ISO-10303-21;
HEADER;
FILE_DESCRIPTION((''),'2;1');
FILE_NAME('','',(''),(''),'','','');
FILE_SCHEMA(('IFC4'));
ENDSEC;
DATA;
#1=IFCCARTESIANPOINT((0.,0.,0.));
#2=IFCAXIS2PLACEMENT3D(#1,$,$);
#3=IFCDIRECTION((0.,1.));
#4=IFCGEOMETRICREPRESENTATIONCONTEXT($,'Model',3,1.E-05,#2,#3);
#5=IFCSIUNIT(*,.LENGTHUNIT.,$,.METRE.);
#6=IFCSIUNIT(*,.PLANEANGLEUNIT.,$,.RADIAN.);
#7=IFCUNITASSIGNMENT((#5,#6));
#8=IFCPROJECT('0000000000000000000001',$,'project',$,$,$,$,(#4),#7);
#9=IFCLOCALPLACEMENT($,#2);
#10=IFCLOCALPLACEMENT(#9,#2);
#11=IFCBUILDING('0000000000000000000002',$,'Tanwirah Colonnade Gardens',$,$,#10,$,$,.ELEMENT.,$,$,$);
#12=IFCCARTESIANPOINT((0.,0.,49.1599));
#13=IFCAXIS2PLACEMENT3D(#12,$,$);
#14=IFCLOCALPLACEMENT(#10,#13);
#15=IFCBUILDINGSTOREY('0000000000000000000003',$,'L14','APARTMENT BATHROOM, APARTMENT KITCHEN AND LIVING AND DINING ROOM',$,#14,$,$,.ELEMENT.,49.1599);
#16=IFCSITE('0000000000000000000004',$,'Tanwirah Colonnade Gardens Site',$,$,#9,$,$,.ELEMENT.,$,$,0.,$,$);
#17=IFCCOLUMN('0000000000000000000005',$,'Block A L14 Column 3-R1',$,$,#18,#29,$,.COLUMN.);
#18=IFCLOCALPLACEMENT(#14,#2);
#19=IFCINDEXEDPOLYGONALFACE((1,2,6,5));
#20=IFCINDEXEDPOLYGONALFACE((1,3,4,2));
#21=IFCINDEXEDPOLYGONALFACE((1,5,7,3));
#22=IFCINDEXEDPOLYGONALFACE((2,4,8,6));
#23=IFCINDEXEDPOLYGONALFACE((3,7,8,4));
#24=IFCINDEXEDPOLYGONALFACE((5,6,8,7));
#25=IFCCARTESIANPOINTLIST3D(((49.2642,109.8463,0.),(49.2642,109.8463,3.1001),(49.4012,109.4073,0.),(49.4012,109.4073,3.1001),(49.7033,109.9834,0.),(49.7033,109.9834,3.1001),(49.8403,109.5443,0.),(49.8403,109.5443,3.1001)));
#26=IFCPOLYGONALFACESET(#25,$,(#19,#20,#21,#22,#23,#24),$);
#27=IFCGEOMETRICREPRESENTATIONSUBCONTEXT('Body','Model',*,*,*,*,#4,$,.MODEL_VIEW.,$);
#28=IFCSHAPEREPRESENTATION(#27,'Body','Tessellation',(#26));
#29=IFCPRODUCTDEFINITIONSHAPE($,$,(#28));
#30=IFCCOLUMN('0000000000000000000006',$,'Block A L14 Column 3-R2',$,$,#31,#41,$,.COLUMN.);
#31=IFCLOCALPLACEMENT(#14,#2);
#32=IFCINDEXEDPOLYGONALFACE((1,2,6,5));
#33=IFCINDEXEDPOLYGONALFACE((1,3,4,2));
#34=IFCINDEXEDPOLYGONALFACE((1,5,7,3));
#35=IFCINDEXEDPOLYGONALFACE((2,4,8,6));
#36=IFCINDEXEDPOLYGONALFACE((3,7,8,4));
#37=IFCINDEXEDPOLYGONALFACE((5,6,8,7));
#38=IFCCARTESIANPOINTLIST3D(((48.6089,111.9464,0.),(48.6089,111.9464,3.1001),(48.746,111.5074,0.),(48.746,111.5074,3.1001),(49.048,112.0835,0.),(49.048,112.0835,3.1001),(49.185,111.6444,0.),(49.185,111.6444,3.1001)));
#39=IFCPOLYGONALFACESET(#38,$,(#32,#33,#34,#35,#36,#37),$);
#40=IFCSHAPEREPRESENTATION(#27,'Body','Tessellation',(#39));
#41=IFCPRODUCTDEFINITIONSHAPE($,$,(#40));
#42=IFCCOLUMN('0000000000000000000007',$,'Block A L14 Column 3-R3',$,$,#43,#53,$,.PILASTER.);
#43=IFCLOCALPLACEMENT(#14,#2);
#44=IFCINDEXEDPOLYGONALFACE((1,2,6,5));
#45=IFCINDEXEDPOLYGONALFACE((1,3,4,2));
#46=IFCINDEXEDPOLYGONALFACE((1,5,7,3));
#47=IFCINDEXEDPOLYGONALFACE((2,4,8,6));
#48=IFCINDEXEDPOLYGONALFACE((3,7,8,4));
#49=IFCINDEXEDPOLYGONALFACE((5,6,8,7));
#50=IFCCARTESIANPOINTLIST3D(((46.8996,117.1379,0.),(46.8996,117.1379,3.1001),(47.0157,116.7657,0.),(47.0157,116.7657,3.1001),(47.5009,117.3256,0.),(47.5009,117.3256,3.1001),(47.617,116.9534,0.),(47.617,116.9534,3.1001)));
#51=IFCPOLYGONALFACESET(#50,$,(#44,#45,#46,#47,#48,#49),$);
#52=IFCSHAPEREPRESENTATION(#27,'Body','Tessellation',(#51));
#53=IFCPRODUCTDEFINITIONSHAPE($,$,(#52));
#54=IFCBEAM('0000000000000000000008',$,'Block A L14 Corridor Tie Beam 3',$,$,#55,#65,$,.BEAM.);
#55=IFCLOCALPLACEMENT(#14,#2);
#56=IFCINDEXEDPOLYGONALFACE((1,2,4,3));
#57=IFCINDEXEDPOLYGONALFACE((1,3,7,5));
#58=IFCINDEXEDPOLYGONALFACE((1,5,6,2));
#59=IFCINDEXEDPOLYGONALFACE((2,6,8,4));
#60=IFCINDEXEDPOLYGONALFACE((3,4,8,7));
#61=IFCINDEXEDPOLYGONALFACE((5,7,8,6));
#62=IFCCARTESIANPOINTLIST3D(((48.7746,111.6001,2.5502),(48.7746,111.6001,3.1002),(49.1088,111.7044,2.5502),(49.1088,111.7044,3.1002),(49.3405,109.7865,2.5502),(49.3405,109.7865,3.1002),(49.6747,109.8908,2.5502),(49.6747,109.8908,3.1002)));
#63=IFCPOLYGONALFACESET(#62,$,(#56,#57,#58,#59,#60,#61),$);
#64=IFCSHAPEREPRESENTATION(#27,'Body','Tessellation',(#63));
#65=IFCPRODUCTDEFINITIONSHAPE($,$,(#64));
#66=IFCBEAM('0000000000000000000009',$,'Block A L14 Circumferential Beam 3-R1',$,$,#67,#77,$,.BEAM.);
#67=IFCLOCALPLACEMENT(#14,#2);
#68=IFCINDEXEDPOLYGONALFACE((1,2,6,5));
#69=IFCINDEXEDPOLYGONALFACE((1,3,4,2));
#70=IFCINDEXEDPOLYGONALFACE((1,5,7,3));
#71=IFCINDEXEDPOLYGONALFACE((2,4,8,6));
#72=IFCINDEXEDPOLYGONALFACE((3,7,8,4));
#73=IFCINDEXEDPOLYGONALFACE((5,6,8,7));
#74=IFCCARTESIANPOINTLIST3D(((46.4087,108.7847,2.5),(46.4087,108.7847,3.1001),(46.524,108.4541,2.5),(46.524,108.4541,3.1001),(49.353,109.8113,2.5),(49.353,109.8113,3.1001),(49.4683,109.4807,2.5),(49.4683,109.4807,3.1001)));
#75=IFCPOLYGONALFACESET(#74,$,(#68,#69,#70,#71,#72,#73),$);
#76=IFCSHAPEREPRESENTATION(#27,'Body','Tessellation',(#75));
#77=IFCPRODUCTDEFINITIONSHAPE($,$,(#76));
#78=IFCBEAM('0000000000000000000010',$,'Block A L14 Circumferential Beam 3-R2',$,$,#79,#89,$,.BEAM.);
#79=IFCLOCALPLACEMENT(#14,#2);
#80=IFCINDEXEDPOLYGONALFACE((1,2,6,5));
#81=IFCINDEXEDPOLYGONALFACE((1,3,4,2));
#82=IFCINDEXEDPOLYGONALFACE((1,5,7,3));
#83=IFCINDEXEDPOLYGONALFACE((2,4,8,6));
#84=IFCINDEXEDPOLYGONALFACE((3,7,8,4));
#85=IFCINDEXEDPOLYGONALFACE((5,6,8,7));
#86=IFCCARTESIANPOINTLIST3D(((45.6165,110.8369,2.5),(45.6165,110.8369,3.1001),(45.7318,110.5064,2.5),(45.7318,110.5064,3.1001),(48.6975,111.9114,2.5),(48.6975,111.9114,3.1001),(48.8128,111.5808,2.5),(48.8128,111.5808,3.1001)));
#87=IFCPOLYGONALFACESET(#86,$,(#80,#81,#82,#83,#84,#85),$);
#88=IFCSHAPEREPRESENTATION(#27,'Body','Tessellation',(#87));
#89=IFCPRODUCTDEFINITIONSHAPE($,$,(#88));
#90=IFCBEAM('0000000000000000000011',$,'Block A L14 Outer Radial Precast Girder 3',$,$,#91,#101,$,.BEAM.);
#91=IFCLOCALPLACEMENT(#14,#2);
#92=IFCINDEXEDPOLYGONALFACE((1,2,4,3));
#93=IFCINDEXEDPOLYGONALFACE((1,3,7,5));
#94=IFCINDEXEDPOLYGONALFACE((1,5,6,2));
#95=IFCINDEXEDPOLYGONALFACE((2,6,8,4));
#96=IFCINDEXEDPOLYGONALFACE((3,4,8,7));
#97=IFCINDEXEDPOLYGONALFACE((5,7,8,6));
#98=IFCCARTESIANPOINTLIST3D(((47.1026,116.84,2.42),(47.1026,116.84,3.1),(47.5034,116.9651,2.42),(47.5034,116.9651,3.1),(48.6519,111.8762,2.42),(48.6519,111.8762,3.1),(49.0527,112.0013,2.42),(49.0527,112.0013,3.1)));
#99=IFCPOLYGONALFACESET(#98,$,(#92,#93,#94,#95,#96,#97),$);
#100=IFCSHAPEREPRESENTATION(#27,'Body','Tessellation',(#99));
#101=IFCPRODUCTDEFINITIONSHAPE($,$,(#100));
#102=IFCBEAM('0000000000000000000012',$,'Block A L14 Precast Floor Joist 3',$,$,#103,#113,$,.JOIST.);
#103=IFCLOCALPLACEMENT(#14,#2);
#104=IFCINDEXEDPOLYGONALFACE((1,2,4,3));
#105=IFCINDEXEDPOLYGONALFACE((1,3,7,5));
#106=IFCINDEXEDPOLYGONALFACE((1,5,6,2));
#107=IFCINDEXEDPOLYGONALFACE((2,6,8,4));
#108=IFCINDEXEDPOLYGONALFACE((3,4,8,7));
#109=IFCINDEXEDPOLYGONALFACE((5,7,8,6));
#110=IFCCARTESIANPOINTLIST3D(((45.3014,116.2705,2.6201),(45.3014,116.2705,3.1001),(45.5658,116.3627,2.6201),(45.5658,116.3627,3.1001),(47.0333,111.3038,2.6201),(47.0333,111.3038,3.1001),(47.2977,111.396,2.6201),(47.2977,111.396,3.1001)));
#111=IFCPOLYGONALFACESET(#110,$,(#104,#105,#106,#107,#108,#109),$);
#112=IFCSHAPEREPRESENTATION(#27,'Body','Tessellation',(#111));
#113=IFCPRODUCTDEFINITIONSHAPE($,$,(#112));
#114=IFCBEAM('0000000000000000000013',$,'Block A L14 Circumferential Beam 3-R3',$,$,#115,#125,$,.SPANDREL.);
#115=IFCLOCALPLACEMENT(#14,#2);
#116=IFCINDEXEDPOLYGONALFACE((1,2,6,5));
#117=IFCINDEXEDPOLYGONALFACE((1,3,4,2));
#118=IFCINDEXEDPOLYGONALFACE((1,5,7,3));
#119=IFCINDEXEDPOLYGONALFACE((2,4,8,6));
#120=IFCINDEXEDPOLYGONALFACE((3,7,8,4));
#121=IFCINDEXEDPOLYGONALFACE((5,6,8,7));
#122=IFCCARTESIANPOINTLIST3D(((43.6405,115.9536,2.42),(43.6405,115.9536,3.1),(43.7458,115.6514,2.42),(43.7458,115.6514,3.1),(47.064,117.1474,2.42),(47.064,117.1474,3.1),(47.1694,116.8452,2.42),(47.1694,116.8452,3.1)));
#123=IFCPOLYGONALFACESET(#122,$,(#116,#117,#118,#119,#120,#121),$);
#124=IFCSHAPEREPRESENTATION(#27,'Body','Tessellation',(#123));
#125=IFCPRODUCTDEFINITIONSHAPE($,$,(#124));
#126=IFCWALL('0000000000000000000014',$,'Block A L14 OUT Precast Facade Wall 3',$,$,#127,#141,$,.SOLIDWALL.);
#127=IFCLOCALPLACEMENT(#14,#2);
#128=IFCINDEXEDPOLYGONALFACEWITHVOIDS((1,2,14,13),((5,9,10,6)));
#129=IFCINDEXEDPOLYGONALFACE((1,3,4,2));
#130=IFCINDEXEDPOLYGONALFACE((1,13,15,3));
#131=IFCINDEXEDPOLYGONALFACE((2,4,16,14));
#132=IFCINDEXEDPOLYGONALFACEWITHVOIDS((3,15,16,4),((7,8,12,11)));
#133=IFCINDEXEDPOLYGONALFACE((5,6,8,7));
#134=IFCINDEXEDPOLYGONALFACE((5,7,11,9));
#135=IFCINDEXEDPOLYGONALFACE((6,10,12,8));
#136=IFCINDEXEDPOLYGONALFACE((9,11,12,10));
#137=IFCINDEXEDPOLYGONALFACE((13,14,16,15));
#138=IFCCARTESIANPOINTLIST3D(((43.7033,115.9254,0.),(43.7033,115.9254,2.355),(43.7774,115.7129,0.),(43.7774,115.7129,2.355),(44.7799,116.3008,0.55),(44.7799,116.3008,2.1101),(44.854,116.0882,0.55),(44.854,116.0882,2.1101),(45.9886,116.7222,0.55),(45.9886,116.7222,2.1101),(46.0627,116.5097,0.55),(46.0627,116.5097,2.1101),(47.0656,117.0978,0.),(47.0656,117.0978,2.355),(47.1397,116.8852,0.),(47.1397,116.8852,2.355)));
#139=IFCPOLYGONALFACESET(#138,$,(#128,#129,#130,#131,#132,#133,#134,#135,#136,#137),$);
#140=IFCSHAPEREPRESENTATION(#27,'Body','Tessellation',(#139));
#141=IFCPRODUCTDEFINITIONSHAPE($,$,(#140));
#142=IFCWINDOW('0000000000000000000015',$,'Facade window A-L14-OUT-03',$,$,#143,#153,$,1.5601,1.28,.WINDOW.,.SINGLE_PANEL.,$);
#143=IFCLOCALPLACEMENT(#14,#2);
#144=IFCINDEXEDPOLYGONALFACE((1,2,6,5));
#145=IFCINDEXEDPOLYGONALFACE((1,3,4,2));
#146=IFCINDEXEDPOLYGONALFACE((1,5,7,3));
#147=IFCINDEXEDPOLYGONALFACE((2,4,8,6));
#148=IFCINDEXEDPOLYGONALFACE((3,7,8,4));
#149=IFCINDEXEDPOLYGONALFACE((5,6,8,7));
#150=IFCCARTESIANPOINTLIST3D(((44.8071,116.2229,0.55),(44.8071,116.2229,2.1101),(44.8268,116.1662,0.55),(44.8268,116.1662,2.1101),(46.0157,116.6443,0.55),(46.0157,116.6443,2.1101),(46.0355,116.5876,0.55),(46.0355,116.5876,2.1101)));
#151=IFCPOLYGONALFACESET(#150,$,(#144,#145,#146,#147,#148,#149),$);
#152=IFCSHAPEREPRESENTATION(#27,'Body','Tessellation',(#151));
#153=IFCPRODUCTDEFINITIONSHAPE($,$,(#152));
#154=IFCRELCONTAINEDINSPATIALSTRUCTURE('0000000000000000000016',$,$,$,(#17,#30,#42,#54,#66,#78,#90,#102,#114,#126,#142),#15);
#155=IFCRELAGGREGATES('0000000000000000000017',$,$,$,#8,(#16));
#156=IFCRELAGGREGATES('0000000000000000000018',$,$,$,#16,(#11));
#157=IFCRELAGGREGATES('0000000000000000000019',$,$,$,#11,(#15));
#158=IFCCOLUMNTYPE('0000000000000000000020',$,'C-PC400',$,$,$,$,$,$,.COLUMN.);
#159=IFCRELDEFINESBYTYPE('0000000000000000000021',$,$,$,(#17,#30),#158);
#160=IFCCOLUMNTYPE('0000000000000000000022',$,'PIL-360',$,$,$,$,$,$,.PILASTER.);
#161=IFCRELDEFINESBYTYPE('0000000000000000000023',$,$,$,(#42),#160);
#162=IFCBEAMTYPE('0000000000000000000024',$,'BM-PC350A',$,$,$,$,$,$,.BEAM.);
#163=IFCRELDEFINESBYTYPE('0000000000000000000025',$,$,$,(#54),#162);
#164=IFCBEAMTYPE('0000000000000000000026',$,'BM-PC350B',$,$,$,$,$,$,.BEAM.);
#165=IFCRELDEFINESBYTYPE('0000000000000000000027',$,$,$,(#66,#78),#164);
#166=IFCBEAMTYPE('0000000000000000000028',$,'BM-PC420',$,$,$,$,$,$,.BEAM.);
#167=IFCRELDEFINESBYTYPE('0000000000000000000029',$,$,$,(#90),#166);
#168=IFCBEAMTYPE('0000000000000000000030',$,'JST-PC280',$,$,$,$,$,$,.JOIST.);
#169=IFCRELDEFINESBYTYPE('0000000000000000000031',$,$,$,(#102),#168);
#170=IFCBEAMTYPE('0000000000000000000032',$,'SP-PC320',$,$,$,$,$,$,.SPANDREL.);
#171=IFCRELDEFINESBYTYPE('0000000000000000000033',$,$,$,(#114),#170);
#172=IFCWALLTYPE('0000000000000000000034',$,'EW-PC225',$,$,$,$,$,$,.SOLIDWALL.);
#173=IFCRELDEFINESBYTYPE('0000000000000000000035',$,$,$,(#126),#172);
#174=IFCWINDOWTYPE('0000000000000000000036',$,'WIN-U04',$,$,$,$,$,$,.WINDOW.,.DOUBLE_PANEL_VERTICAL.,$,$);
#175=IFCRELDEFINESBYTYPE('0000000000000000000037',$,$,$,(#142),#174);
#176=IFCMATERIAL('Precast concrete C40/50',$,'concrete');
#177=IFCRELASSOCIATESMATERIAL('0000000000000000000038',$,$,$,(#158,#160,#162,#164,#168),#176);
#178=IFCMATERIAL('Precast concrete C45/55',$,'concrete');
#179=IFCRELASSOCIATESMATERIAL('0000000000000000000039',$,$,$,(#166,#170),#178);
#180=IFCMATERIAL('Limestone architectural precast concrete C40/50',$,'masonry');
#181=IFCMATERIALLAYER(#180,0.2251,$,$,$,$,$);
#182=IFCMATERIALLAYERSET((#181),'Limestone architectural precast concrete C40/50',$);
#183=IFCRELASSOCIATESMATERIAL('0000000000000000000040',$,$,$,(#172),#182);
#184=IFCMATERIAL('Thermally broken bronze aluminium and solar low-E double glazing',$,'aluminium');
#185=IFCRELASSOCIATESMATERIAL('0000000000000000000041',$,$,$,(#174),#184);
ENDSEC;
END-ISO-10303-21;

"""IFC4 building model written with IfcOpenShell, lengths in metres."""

from ifc_helpers import new_model, si_unit, direction, frame, frame_2d, origin, origin_2d, place, context, subcontext, project, spatial, rectangle, extrude, material, layer, layer_set, material_profile, profile_set, type_object, element, fill, save


model = new_model("IFC4")

# Units and contexts
model_context = context("Model", 3, precision=1e-05, world=origin(), true_north=direction((0.0, 1.0)))
body_context = subcontext(model_context, "Body", "Model", "MODEL_VIEW")
ifc_project = project(units=[si_unit("LENGTHUNIT", "METRE"), si_unit("PLANEANGLEUNIT", "RADIAN")], contexts=[model_context])

# Site, building, storey
site_placement = place(None, origin())
site = spatial("IfcSite", under=ifc_project, at=site_placement, Name="Tanwirah Colonnade Gardens Site", CompositionType="ELEMENT", RefElevation=0.0)
building_placement = place(site_placement, origin())
building = spatial("IfcBuilding", under=site, at=building_placement, Name="Tanwirah Colonnade Gardens", CompositionType="ELEMENT")
storey_placement = place(building_placement, frame((0.0, 0.0, 49.1599)))
storey = spatial("IfcBuildingStorey", under=building, at=storey_placement, Name="L14", Description="APARTMENT BATHROOM, APARTMENT KITCHEN AND LIVING AND DINING ROOM", CompositionType="ELEMENT", Elevation=49.1599)

# Columns
ifc_material_1 = material(Name="Precast concrete C40/50", Category="concrete")
ifc_material_profile_1 = material_profile(ifc_material_1, rectangle(XDim=0.46, YDim=0.46, at=origin_2d()), Name="PC-COL 460x460")
ifc_profile_set_1 = profile_set([ifc_material_profile_1], Name="Precast concrete C40/50")
column_type_1 = type_object("IfcColumnType", Name="C-PC400", PredefinedType="COLUMN", material=ifc_profile_set_1)
for number, where, z_axis, x_axis, name in (
    (1, (49.5522, 109.6953, 0.0), (0.0, 0.0, 1.0), (-0.29793, 0.954588, 0.0), "Block A L14 Column 3-R1"),
    (2, (48.897, 111.7954, 0.0), (0.0, 0.0, 1.0), (-0.29793, 0.954588, 0.0), "Block A L14 Column 3-R2"),
):
    element("IfcColumn", number, at=place(storey_placement, frame(where, z_axis=z_axis, x_axis=x_axis)), inside=storey, type_object=column_type_1, Name=name, PredefinedType="COLUMN", context=body_context, shape_type="SweptSolid", body=[
        extrude(rectangle(XDim=0.46, YDim=0.46, at=origin_2d()), origin(), (0.0, 0.0, 1.0), 3.1001),
    ])
ifc_material_profile_2 = material_profile(ifc_material_1, rectangle(XDim=0.3899, YDim=0.6299, at=origin_2d()), Name="PC-PIL 390x630")
ifc_profile_set_2 = profile_set([ifc_material_profile_2], Name="Precast concrete C40/50")
column_type_2 = type_object("IfcColumnType", Name="PIL-360", PredefinedType="PILASTER", material=ifc_profile_set_2)
column_placement = place(storey_placement, frame((47.2583, 117.0457, 0.0), z_axis=(0.0, 0.0, 1.0), x_axis=(-0.29793, 0.954588, 0.0)))
element("IfcColumn", 3, at=column_placement, inside=storey, type_object=column_type_2, Name="Block A L14 Column 3-R3", PredefinedType="PILASTER", context=body_context, shape_type="SweptSolid", body=[
    extrude(rectangle(XDim=0.3899, YDim=0.6299, at=origin_2d()), origin(), (0.0, 0.0, 1.0), 3.1001),
])

# Beams
ifc_material_profile_3 = material_profile(ifc_material_1, rectangle(XDim=0.3501, YDim=0.55, at=origin_2d()), Name="PC-BM 350x550")
ifc_profile_set_3 = profile_set([ifc_material_profile_3], Name="Precast concrete C40/50")
beam_type_1 = type_object("IfcBeamType", Name="BM-PC350A", PredefinedType="BEAM", material=ifc_profile_set_3)
beam_1_placement = place(storey_placement, frame((49.5076, 109.8386, 2.8252), z_axis=(-0.297858, 0.95461, 0.0), x_axis=(-0.95461, -0.297858, 0.0)))
element("IfcBeam", 4, at=beam_1_placement, inside=storey, type_object=beam_type_1, Name="Block A L14 Corridor Tie Beam 3", PredefinedType="BEAM", context=body_context, shape_type="SweptSolid", body=[
    extrude(rectangle(XDim=0.3501, YDim=0.55, at=origin_2d()), origin(), (0.0, 0.0, 1.0), 1.8999),
])
ifc_material_profile_4 = material_profile(ifc_material_1, rectangle(XDim=0.3501, YDim=0.6001, at=origin_2d()), Name="PC-BM 350x600")
ifc_profile_set_4 = profile_set([ifc_material_profile_4], Name="Precast concrete C40/50")
beam_type_2 = type_object("IfcBeamType", Name="BM-PC350B", PredefinedType="BEAM", material=ifc_profile_set_4)
beam_2_placement = place(storey_placement, frame((49.4106, 109.646, 2.8), z_axis=(-0.944248, -0.329234, 0.0), x_axis=(0.329234, -0.944248, 0.0)))
element("IfcBeam", 5, at=beam_2_placement, inside=storey, type_object=beam_type_2, Name="Block A L14 Circumferential Beam 3-R1", PredefinedType="BEAM", context=body_context, shape_type="SweptSolid", body=[
    extrude(rectangle(XDim=0.3501, YDim=0.6001, at=origin_2d()), origin(), (0.0, 0.0, 1.0), 3.1182),
])
beam_3_placement = place(storey_placement, frame((48.7551, 111.7461, 2.8), z_axis=(-0.944231, -0.329284, 0.0), x_axis=(0.329284, -0.944231, 0.0)))
element("IfcBeam", 6, at=beam_3_placement, inside=storey, type_object=beam_type_2, Name="Block A L14 Circumferential Beam 3-R2", PredefinedType="BEAM", context=body_context, shape_type="SweptSolid", body=[
    extrude(rectangle(XDim=0.3501, YDim=0.6001, at=origin_2d()), origin(), (0.0, 0.0, 1.0), 3.2629),
])
ifc_material_2 = material(Name="Precast concrete C45/55", Category="concrete")
ifc_material_profile_5 = material_profile(ifc_material_2, rectangle(XDim=0.4199, YDim=0.6799, at=origin_2d()), Name="PC-BM 420x680")
ifc_profile_set_5 = profile_set([ifc_material_profile_5], Name="Precast concrete C45/55")
beam_type_3 = type_object("IfcBeamType", Name="BM-PC420", PredefinedType="BEAM", material=ifc_profile_set_5)
beam_4_placement = place(storey_placement, frame((48.8523, 111.9387, 2.76), z_axis=(-0.297943, 0.954584, 0.0), x_axis=(-0.954584, -0.297943, 0.0)))
element("IfcBeam", 7, at=beam_4_placement, inside=storey, type_object=beam_type_3, Name="Block A L14 Outer Radial Precast Girder 3", PredefinedType="BEAM", context=body_context, shape_type="SweptSolid", body=[
    extrude(rectangle(XDim=0.4199, YDim=0.6799, at=origin_2d()), origin(), (0.0, 0.0, 1.0), 5.2),
])
ifc_material_profile_6 = material_profile(ifc_material_1, rectangle(XDim=0.28, YDim=0.48, at=origin_2d()), Name="PC-JST 280x480")
ifc_profile_set_6 = profile_set([ifc_material_profile_6], Name="Precast concrete C40/50")
beam_type_4 = type_object("IfcBeamType", Name="JST-PC280", PredefinedType="JOIST", material=ifc_profile_set_6)
beam_5_placement = place(storey_placement, frame((47.1655, 111.3499, 2.8601), z_axis=(-0.329259, 0.94424, 0.0), x_axis=(-0.94424, -0.329259, 0.0)))
element("IfcBeam", 8, at=beam_5_placement, inside=storey, type_object=beam_type_4, Name="Block A L14 Precast Floor Joist 3", PredefinedType="JOIST", context=body_context, shape_type="SweptSolid", body=[
    extrude(rectangle(XDim=0.28, YDim=0.48, at=origin_2d()), origin(), (0.0, 0.0, 1.0), 5.26),
])
ifc_material_profile_7 = material_profile(ifc_material_2, rectangle(XDim=0.3201, YDim=0.6799, at=origin_2d()), Name="PC-SP 320x680")
ifc_profile_set_7 = profile_set([ifc_material_profile_7], Name="Precast concrete C45/55")
beam_type_5 = type_object("IfcBeamType", Name="SP-PC320", PredefinedType="SPANDREL", material=ifc_profile_set_7)
beam_6_placement = place(storey_placement, frame((47.1167, 116.9963, 2.76), z_axis=(-0.944237, -0.329267, 0.0), x_axis=(0.329267, -0.944237, 0.0)))
element("IfcBeam", 9, at=beam_6_placement, inside=storey, type_object=beam_type_5, Name="Block A L14 Circumferential Beam 3-R3", PredefinedType="SPANDREL", context=body_context, shape_type="SweptSolid", body=[
    extrude(rectangle(XDim=0.3201, YDim=0.6799, at=origin_2d()), origin(), (0.0, 0.0, 1.0), 3.6257),
])

# Wall, opening, window
ifc_material_3 = material(Name="Limestone architectural precast concrete C40/50", Category="masonry")
ifc_layer_1 = layer(ifc_material_3, 0.2251)
ifc_layer_set_1 = layer_set([ifc_layer_1], Name="Limestone architectural precast concrete C40/50")
wall_type_1 = type_object("IfcWallType", Name="EW-PC225", PredefinedType="SOLIDWALL", material=ifc_layer_set_1)
wall_1_placement = place(storey_placement, frame((47.1025, 116.9915, 0.0), z_axis=(0.0, 0.0, 1.0), x_axis=(-0.944247, -0.329239, 0.0)))
wall_1 = element("IfcWall", 10, at=wall_1_placement, inside=storey, type_object=wall_type_1, Name="Block A L14 OUT Precast Facade Wall 3", PredefinedType="SOLIDWALL", context=body_context, shape_type="SweptSolid", body=[
    extrude(rectangle(XDim=3.5608, YDim=0.2251, at=frame_2d((1.7803, 0.0))), origin(), (0.0, 0.0, 1.0), 2.355),
])
opening_1_placement = place(wall_1_placement, frame((1.1404, 0.0, 0.55)))
opening_1 = element("IfcOpeningElement", 11, at=opening_1_placement, cuts=wall_1, PredefinedType="OPENING", context=body_context, shape_type="SweptSolid", body=[
    extrude(rectangle(XDim=1.28, YDim=1.5601, at=frame_2d((0.6401, 0.78))), frame((0.0, 0.1226, 0.0), z_axis=(0.0, -1.0, 0.0), x_axis=(1.0, 0.0, 0.0)), (0.0, 0.0, 1.0), 0.2451),
])
ifc_material_4 = material(Name="Thermally broken bronze aluminium and solar low-E double glazing", Category="aluminium")
window_type_1 = type_object("IfcWindowType", Name="WIN-U04", PartitioningType="DOUBLE_PANEL_VERTICAL", PredefinedType="WINDOW", material=ifc_material_4)
window_1_placement = place(opening_1_placement, origin())
window_1 = element("IfcWindow", 12, at=window_1_placement, inside=storey, type_object=window_type_1, Name="Facade window A-L14-OUT-03", OverallHeight=1.5601, OverallWidth=1.28, PartitioningType="SINGLE_PANEL", PredefinedType="WINDOW", context=body_context, shape_type="SweptSolid", body=[
    extrude(rectangle(XDim=1.28, YDim=1.5601, at=frame_2d((0.6401, 0.78))), frame((0.0, 0.03, 0.0), z_axis=(0.0, -1.0, 0.0), x_axis=(1.0, 0.0, 0.0)), (0.0, 0.0, 1.0), 0.0601),
])
fill(opening_1, window_1)

save(model, "model.ifc")
